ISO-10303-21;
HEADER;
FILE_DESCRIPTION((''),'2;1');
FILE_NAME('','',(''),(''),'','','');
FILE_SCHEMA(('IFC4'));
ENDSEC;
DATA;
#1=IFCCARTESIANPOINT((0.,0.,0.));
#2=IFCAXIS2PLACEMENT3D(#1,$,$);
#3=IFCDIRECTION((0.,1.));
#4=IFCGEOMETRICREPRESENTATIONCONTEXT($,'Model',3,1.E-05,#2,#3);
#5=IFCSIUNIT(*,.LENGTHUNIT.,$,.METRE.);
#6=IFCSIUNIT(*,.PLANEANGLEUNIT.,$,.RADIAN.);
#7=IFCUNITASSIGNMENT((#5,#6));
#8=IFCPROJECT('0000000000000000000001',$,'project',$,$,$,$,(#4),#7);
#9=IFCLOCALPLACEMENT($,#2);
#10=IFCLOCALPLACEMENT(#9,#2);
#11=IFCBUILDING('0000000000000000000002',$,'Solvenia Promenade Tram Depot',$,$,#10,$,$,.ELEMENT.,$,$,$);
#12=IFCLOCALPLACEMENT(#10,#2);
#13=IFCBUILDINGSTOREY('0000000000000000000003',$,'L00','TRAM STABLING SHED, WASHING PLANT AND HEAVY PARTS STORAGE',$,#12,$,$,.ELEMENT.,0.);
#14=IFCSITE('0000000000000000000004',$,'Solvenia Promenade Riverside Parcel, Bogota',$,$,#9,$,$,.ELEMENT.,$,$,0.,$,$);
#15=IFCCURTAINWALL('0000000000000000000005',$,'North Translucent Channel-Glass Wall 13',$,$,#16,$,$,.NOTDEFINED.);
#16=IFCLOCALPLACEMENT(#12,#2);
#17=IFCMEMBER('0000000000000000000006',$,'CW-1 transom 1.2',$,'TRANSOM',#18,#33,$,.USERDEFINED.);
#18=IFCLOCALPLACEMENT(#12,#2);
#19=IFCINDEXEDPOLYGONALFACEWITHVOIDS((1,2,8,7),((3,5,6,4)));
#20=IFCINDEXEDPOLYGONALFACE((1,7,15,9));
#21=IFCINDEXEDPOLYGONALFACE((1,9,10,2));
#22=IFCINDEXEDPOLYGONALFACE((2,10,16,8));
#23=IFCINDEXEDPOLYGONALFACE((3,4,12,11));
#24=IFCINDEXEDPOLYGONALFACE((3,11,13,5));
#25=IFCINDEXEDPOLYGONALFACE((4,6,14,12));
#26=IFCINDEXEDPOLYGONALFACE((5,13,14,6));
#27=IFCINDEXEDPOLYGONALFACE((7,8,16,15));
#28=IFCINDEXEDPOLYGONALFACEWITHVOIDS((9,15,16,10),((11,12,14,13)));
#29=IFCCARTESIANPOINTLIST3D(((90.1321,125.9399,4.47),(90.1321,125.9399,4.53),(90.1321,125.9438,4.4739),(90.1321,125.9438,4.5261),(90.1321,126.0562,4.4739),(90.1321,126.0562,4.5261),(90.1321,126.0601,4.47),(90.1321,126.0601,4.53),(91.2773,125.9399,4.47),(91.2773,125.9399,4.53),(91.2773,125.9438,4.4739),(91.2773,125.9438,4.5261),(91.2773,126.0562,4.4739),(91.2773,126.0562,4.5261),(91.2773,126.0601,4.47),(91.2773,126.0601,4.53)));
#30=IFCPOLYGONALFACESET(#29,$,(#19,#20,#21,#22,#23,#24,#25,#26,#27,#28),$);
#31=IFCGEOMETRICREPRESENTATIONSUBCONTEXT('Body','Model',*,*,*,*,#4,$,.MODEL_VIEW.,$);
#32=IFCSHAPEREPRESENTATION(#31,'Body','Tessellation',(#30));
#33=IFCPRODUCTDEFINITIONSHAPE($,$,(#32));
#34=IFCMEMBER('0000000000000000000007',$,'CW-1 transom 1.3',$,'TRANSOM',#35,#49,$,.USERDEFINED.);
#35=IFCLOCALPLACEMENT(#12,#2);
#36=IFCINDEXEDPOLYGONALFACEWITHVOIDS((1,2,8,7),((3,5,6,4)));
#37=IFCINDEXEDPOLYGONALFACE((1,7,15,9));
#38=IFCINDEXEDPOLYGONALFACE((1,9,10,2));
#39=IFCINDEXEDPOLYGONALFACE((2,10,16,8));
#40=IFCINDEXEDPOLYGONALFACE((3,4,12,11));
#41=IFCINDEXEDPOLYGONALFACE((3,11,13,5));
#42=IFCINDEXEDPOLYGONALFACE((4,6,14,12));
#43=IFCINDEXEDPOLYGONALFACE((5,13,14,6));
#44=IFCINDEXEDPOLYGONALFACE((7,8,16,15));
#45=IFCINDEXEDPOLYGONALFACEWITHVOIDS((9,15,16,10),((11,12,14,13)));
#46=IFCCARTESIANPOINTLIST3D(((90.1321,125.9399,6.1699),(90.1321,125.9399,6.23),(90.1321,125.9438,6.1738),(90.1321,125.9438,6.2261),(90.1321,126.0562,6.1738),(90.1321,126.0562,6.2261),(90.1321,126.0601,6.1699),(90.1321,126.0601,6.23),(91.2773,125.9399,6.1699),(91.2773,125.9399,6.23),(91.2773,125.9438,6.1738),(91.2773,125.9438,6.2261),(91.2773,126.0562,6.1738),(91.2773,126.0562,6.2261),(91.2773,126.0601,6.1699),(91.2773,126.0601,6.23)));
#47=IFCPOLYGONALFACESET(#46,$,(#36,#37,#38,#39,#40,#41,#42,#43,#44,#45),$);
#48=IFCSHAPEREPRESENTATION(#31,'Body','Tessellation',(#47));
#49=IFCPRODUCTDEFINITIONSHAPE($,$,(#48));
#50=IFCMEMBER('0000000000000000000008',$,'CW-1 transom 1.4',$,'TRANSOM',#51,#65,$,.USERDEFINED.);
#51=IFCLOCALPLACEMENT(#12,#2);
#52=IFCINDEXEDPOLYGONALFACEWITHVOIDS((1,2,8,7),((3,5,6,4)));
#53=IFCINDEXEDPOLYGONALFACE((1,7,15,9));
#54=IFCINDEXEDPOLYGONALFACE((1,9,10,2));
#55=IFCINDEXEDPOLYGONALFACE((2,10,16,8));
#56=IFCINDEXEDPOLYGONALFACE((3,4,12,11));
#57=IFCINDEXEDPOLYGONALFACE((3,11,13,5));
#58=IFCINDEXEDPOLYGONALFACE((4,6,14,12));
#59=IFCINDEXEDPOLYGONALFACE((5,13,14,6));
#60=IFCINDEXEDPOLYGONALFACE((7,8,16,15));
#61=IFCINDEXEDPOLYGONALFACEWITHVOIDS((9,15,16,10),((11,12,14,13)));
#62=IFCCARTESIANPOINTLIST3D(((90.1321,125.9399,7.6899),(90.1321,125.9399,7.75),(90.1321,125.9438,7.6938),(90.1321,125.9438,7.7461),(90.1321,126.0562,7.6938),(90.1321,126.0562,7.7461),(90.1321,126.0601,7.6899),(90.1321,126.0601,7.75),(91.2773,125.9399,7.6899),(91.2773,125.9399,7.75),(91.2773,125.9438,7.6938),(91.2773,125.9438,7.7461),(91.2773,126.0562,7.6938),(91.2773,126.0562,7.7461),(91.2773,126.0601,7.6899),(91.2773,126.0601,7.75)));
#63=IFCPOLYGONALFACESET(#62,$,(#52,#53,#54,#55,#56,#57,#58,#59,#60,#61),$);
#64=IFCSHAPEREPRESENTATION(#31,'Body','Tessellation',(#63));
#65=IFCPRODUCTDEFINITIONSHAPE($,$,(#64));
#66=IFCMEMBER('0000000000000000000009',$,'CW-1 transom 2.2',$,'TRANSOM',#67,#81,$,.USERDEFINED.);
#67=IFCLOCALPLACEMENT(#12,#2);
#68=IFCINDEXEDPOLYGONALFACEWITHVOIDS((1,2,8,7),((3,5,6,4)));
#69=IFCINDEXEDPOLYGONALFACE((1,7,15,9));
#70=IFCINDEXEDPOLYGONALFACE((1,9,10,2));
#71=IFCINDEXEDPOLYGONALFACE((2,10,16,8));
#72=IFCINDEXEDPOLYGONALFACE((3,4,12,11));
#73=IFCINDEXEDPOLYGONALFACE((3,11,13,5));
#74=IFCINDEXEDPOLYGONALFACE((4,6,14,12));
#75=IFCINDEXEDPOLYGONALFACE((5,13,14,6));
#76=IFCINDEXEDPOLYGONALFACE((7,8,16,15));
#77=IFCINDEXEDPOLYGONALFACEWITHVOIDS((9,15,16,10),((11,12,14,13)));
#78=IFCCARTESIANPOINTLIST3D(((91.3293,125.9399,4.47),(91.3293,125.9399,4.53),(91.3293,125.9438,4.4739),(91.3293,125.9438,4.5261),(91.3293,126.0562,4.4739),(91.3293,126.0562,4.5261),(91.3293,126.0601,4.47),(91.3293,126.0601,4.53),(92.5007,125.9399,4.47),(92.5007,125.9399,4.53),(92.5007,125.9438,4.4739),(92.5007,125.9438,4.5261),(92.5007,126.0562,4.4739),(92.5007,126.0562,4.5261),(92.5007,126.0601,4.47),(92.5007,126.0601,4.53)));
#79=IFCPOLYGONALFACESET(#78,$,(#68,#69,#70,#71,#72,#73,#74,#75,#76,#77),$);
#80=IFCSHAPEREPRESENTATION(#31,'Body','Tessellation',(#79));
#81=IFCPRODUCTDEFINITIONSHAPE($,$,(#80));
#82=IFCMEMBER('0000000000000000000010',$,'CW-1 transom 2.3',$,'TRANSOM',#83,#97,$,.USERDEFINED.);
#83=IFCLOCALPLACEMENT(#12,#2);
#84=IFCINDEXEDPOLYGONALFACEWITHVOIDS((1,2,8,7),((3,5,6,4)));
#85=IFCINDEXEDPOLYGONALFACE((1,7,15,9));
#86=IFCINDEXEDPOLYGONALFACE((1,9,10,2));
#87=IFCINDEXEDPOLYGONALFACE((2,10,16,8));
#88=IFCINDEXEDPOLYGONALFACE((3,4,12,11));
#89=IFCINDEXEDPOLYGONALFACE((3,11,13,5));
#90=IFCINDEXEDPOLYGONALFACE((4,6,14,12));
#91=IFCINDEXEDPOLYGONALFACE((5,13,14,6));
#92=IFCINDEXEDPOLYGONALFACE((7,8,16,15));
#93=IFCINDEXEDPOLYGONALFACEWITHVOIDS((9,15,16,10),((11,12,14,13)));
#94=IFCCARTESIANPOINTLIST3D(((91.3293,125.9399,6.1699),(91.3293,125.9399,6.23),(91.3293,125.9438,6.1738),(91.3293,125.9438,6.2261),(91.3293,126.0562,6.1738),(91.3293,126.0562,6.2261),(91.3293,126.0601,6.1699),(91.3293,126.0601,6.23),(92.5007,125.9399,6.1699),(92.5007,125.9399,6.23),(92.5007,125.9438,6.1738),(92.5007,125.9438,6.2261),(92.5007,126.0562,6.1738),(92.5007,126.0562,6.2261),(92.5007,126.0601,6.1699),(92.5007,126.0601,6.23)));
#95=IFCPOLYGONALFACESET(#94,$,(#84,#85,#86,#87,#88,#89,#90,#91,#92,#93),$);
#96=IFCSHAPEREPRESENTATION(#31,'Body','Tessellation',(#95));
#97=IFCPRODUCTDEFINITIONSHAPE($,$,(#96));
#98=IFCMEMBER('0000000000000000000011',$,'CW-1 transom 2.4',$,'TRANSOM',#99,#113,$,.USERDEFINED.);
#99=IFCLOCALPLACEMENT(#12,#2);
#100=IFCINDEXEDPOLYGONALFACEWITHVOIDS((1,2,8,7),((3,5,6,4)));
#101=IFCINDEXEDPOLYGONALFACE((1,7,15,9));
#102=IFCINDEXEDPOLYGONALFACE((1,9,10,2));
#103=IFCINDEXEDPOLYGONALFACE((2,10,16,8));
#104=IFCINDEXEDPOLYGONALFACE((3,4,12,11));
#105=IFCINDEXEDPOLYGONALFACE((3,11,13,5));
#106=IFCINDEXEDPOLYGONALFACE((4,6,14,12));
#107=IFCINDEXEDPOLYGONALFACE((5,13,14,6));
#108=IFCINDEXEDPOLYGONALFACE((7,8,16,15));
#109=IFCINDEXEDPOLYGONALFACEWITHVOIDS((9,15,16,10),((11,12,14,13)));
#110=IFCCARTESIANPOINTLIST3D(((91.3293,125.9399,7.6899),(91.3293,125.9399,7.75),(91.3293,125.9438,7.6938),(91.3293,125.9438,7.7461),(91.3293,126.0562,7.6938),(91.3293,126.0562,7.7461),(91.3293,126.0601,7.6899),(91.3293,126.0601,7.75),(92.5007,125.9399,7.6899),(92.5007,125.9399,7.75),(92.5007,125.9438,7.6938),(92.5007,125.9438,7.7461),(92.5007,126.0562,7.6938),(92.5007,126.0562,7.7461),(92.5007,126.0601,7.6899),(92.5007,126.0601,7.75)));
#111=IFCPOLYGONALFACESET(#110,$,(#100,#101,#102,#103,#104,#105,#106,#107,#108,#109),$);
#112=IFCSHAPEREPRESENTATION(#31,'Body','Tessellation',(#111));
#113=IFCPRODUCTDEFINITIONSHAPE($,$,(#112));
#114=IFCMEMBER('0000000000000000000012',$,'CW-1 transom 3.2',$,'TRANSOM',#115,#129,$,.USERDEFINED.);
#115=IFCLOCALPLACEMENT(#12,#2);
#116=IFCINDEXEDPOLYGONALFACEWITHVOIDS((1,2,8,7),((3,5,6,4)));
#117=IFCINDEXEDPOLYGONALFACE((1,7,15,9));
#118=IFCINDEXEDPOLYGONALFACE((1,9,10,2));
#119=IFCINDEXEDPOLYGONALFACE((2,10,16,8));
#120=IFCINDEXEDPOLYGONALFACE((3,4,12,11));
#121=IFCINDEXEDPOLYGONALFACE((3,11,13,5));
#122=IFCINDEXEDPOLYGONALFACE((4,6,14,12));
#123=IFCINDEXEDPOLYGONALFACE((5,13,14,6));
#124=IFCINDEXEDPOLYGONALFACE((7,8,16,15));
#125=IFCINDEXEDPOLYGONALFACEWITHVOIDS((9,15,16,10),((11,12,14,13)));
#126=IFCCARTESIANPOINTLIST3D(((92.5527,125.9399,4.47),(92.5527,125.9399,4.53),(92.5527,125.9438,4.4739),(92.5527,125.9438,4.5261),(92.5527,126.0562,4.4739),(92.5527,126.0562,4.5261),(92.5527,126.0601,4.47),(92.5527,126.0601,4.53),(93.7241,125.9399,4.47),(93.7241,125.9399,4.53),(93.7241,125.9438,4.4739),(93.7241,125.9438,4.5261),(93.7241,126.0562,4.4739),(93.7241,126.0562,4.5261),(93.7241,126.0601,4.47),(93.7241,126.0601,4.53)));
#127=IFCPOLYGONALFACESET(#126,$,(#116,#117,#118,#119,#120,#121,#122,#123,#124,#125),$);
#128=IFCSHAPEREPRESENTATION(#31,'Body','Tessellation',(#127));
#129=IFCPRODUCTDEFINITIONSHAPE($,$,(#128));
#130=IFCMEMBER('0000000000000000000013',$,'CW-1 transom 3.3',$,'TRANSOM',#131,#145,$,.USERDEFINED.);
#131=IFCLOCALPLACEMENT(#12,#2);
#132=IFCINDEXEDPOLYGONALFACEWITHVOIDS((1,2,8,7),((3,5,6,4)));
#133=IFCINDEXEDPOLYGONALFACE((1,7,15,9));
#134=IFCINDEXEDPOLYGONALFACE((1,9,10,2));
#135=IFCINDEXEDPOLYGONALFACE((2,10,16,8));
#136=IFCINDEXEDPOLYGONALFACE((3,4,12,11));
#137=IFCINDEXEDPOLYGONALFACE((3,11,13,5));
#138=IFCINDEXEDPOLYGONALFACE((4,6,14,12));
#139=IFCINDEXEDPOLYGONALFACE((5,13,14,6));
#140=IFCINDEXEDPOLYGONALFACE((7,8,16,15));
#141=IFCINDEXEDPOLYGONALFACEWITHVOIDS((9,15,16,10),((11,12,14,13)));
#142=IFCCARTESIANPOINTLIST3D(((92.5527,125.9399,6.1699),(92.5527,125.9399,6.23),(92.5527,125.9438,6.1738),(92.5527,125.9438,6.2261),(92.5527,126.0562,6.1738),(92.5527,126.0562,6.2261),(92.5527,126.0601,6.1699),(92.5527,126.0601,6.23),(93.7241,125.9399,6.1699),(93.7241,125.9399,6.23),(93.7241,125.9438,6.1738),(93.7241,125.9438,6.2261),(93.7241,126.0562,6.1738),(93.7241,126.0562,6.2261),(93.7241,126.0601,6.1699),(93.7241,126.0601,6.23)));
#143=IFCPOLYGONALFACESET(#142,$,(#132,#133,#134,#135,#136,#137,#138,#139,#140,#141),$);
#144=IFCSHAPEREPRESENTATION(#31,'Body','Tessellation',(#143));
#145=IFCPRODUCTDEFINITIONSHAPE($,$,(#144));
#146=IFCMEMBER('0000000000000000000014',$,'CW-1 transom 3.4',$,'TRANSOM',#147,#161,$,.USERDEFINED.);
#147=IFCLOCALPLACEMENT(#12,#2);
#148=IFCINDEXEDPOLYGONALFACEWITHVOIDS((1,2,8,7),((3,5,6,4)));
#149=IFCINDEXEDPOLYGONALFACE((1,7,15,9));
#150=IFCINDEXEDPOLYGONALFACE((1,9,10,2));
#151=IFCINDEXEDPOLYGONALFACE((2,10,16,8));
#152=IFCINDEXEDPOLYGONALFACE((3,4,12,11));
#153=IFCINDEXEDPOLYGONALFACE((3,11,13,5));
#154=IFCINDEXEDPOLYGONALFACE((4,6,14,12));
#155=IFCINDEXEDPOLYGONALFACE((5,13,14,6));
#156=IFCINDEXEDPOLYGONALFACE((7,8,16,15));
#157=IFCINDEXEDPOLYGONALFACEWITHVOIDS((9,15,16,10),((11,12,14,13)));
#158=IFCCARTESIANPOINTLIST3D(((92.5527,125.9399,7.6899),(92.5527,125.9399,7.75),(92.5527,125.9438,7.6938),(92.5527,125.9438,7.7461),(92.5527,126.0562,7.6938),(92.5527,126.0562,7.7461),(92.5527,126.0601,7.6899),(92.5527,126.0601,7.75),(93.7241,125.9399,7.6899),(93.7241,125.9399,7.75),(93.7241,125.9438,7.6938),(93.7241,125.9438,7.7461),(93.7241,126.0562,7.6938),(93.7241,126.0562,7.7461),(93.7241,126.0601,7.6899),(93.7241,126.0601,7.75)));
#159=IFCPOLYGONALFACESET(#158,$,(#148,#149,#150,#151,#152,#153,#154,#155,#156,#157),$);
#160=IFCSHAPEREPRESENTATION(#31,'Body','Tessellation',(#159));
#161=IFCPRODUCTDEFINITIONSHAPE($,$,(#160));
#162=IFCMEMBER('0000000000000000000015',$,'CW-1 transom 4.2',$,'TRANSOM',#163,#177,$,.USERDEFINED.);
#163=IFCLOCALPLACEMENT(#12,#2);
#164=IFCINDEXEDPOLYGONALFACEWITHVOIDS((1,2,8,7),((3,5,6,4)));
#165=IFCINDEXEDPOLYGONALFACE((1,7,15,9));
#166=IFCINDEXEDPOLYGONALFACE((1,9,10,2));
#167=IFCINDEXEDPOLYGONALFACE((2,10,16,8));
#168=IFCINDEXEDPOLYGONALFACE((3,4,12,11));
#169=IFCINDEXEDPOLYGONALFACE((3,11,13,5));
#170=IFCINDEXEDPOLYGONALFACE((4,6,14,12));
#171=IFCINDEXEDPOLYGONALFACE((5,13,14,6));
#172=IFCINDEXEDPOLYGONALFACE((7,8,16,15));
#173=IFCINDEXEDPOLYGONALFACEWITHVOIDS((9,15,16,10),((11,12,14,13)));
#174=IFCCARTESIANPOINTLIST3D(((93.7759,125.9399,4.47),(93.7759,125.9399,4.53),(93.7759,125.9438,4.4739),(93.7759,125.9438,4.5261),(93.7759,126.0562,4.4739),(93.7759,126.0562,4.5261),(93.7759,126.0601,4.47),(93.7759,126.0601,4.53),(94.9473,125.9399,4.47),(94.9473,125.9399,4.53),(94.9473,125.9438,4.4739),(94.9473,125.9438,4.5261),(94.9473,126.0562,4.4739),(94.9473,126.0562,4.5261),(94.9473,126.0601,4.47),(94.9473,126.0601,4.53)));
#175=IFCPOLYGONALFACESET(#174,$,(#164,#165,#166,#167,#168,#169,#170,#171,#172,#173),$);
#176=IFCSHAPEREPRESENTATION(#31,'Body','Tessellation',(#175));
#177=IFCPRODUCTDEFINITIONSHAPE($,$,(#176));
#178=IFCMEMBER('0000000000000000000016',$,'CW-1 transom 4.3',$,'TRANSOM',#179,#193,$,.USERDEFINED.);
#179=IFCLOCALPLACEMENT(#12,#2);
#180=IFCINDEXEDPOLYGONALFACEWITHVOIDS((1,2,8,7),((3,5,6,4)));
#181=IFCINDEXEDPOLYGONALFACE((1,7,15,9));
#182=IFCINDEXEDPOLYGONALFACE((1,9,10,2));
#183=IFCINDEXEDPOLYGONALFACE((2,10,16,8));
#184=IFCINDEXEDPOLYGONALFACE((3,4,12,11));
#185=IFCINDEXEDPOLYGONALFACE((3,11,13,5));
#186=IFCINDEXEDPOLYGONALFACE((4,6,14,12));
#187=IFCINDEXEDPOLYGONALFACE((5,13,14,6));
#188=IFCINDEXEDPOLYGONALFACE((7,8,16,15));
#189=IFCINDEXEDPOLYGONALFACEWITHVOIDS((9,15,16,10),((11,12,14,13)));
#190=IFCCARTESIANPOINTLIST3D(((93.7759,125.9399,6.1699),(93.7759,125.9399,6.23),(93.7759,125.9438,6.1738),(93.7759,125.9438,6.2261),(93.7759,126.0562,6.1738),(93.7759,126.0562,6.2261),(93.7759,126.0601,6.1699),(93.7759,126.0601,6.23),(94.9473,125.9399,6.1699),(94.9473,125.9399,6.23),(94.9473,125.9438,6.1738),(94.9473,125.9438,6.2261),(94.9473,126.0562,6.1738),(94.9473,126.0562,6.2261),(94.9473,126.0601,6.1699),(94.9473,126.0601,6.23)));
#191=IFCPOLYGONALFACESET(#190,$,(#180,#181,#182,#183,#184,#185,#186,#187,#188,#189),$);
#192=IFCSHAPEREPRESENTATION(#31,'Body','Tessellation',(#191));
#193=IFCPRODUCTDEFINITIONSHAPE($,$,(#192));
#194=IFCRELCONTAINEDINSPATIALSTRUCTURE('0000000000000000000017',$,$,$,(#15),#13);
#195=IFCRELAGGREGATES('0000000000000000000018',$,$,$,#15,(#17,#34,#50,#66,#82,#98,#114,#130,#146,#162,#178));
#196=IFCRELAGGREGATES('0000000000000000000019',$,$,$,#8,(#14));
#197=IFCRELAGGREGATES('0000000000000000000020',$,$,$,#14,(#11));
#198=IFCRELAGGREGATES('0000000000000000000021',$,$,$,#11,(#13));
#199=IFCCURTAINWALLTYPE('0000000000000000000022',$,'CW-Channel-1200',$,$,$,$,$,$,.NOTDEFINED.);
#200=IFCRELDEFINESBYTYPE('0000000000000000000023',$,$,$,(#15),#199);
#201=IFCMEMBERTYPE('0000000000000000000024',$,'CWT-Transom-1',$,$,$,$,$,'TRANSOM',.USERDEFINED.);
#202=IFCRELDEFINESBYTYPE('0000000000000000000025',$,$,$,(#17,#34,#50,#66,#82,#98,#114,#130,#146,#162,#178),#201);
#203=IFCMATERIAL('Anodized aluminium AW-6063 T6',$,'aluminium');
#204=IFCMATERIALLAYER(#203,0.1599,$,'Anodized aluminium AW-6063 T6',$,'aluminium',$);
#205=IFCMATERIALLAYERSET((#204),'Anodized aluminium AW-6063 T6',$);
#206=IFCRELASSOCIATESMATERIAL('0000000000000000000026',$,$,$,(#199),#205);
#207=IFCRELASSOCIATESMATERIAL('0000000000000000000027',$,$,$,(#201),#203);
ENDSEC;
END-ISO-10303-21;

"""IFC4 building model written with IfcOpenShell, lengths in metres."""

from ifc_helpers import new_model, si_unit, direction, frame, origin, origin_2d, place, context, subcontext, project, spatial, hollow_rectangle, extrude, material, layer, layer_set, material_profile, profile_set, type_object, element, aggregate, save


model = new_model("IFC4")

# Units and contexts
model_context = context("Model", 3, precision=1e-05, world=origin(), true_north=direction((0.0, 1.0)))
body_context = subcontext(model_context, "Body", "Model", "MODEL_VIEW")
ifc_project = project(units=[si_unit("LENGTHUNIT", "METRE"), si_unit("PLANEANGLEUNIT", "RADIAN")], contexts=[model_context])

# Site, building, storey
site_placement = place(None, origin())
site = spatial("IfcSite", under=ifc_project, at=site_placement, Name="Solvenia Promenade Riverside Parcel, Bogota", CompositionType="ELEMENT", RefElevation=0.0)
building_placement = place(site_placement, origin())
building = spatial("IfcBuilding", under=site, at=building_placement, Name="Solvenia Promenade Tram Depot", CompositionType="ELEMENT")
storey_placement = place(building_placement, origin())
storey = spatial("IfcBuildingStorey", under=building, at=storey_placement, Name="L00", Description="TRAM STABLING SHED, WASHING PLANT AND HEAVY PARTS STORAGE", CompositionType="ELEMENT", Elevation=0.0)

# Curtain wall, members
ifc_material_1 = material(Name="Anodized aluminium AW-6063 T6", Category="aluminium")
ifc_layer_1 = layer(ifc_material_1, 0.1599, Name="Anodized aluminium AW-6063 T6", Category="aluminium")
ifc_layer_set_1 = layer_set([ifc_layer_1], Name="Anodized aluminium AW-6063 T6")
curtain_wall_type = type_object("IfcCurtainWallType", Name="CW-Channel-1200", PredefinedType="NOTDEFINED", material=ifc_layer_set_1)
curtain_wall_placement = place(storey_placement, origin())
curtain_wall = element("IfcCurtainWall", 1, at=curtain_wall_placement, inside=storey, type_object=curtain_wall_type, Name="North Translucent Channel-Glass Wall 13", PredefinedType="NOTDEFINED")
ifc_material_profile = material_profile(ifc_material_1, hollow_rectangle(XDim=0.1201, YDim=0.0601, WallThickness=0.0039, at=origin_2d()), Name="ALU-T1", Category="aluminium")
ifc_profile_set = profile_set([ifc_material_profile], Name="Anodized aluminium AW-6063 T6")
member_type = type_object("IfcMemberType", Name="CWT-Transom-1", ElementType="TRANSOM", PredefinedType="USERDEFINED", material=ifc_profile_set)
member_1_placement = place(storey_placement, frame((90.1321, 126.0, 4.5), z_axis=(1.0, 0.0, 0.0), x_axis=(0.0, 1.0, 0.0)))
member_1 = element("IfcMember", 2, at=member_1_placement, type_object=member_type, Name="CW-1 transom 1.2", ObjectType="TRANSOM", PredefinedType="USERDEFINED", context=body_context, shape_type="SweptSolid", body=[
    extrude(hollow_rectangle(XDim=0.1201, YDim=0.0601, WallThickness=0.0039, at=origin_2d()), origin(), (0.0, 0.0, 1.0), 1.1453),
])
member_2_placement = place(storey_placement, frame((90.1321, 126.0, 6.2), z_axis=(1.0, 0.0, 0.0), x_axis=(0.0, 1.0, 0.0)))
member_2 = element("IfcMember", 3, at=member_2_placement, type_object=member_type, Name="CW-1 transom 1.3", ObjectType="TRANSOM", PredefinedType="USERDEFINED", context=body_context, shape_type="SweptSolid", body=[
    extrude(hollow_rectangle(XDim=0.1201, YDim=0.0601, WallThickness=0.0039, at=origin_2d()), origin(), (0.0, 0.0, 1.0), 1.1453),
])
member_3_placement = place(storey_placement, frame((90.1321, 126.0, 7.72), z_axis=(1.0, 0.0, 0.0), x_axis=(0.0, 1.0, 0.0)))
member_3 = element("IfcMember", 4, at=member_3_placement, type_object=member_type, Name="CW-1 transom 1.4", ObjectType="TRANSOM", PredefinedType="USERDEFINED", context=body_context, shape_type="SweptSolid", body=[
    extrude(hollow_rectangle(XDim=0.1201, YDim=0.0601, WallThickness=0.0039, at=origin_2d()), origin(), (0.0, 0.0, 1.0), 1.1453),
])
member_4_placement = place(storey_placement, frame((91.3293, 126.0, 4.5), z_axis=(1.0, 0.0, 0.0), x_axis=(0.0, 1.0, 0.0)))
member_4 = element("IfcMember", 5, at=member_4_placement, type_object=member_type, Name="CW-1 transom 2.2", ObjectType="TRANSOM", PredefinedType="USERDEFINED", context=body_context, shape_type="SweptSolid", body=[
    extrude(hollow_rectangle(XDim=0.1201, YDim=0.0601, WallThickness=0.0039, at=origin_2d()), origin(), (0.0, 0.0, 1.0), 1.1714),
])
member_5_placement = place(storey_placement, frame((91.3293, 126.0, 6.2), z_axis=(1.0, 0.0, 0.0), x_axis=(0.0, 1.0, 0.0)))
member_5 = element("IfcMember", 6, at=member_5_placement, type_object=member_type, Name="CW-1 transom 2.3", ObjectType="TRANSOM", PredefinedType="USERDEFINED", context=body_context, shape_type="SweptSolid", body=[
    extrude(hollow_rectangle(XDim=0.1201, YDim=0.0601, WallThickness=0.0039, at=origin_2d()), origin(), (0.0, 0.0, 1.0), 1.1714),
])
member_6_placement = place(storey_placement, frame((91.3293, 126.0, 7.72), z_axis=(1.0, 0.0, 0.0), x_axis=(0.0, 1.0, 0.0)))
member_6 = element("IfcMember", 7, at=member_6_placement, type_object=member_type, Name="CW-1 transom 2.4", ObjectType="TRANSOM", PredefinedType="USERDEFINED", context=body_context, shape_type="SweptSolid", body=[
    extrude(hollow_rectangle(XDim=0.1201, YDim=0.0601, WallThickness=0.0039, at=origin_2d()), origin(), (0.0, 0.0, 1.0), 1.1714),
])
member_7_placement = place(storey_placement, frame((92.5527, 126.0, 4.5), z_axis=(1.0, 0.0, 0.0), x_axis=(0.0, 1.0, 0.0)))
member_7 = element("IfcMember", 8, at=member_7_placement, type_object=member_type, Name="CW-1 transom 3.2", ObjectType="TRANSOM", PredefinedType="USERDEFINED", context=body_context, shape_type="SweptSolid", body=[
    extrude(hollow_rectangle(XDim=0.1201, YDim=0.0601, WallThickness=0.0039, at=origin_2d()), origin(), (0.0, 0.0, 1.0), 1.1714),
])
member_8_placement = place(storey_placement, frame((92.5527, 126.0, 6.2), z_axis=(1.0, 0.0, 0.0), x_axis=(0.0, 1.0, 0.0)))
member_8 = element("IfcMember", 9, at=member_8_placement, type_object=member_type, Name="CW-1 transom 3.3", ObjectType="TRANSOM", PredefinedType="USERDEFINED", context=body_context, shape_type="SweptSolid", body=[
    extrude(hollow_rectangle(XDim=0.1201, YDim=0.0601, WallThickness=0.0039, at=origin_2d()), origin(), (0.0, 0.0, 1.0), 1.1714),
])
member_9_placement = place(storey_placement, frame((92.5527, 126.0, 7.72), z_axis=(1.0, 0.0, 0.0), x_axis=(0.0, 1.0, 0.0)))
member_9 = element("IfcMember", 10, at=member_9_placement, type_object=member_type, Name="CW-1 transom 3.4", ObjectType="TRANSOM", PredefinedType="USERDEFINED", context=body_context, shape_type="SweptSolid", body=[
    extrude(hollow_rectangle(XDim=0.1201, YDim=0.0601, WallThickness=0.0039, at=origin_2d()), origin(), (0.0, 0.0, 1.0), 1.1714),
])
member_10_placement = place(storey_placement, frame((93.7759, 126.0, 4.5), z_axis=(1.0, 0.0, 0.0), x_axis=(0.0, 1.0, 0.0)))
member_10 = element("IfcMember", 11, at=member_10_placement, type_object=member_type, Name="CW-1 transom 4.2", ObjectType="TRANSOM", PredefinedType="USERDEFINED", context=body_context, shape_type="SweptSolid", body=[
    extrude(hollow_rectangle(XDim=0.1201, YDim=0.0601, WallThickness=0.0039, at=origin_2d()), origin(), (0.0, 0.0, 1.0), 1.1714),
])
member_11_placement = place(storey_placement, frame((93.7759, 126.0, 6.2), z_axis=(1.0, 0.0, 0.0), x_axis=(0.0, 1.0, 0.0)))
member_11 = element("IfcMember", 12, at=member_11_placement, type_object=member_type, Name="CW-1 transom 4.3", ObjectType="TRANSOM", PredefinedType="USERDEFINED", context=body_context, shape_type="SweptSolid", body=[
    extrude(hollow_rectangle(XDim=0.1201, YDim=0.0601, WallThickness=0.0039, at=origin_2d()), origin(), (0.0, 0.0, 1.0), 1.1714),
])
aggregate(curtain_wall, [member_1, member_2, member_3, member_4, member_5, member_6, member_7, member_8, member_9, member_10, member_11])

save(model, "model.ifc")
